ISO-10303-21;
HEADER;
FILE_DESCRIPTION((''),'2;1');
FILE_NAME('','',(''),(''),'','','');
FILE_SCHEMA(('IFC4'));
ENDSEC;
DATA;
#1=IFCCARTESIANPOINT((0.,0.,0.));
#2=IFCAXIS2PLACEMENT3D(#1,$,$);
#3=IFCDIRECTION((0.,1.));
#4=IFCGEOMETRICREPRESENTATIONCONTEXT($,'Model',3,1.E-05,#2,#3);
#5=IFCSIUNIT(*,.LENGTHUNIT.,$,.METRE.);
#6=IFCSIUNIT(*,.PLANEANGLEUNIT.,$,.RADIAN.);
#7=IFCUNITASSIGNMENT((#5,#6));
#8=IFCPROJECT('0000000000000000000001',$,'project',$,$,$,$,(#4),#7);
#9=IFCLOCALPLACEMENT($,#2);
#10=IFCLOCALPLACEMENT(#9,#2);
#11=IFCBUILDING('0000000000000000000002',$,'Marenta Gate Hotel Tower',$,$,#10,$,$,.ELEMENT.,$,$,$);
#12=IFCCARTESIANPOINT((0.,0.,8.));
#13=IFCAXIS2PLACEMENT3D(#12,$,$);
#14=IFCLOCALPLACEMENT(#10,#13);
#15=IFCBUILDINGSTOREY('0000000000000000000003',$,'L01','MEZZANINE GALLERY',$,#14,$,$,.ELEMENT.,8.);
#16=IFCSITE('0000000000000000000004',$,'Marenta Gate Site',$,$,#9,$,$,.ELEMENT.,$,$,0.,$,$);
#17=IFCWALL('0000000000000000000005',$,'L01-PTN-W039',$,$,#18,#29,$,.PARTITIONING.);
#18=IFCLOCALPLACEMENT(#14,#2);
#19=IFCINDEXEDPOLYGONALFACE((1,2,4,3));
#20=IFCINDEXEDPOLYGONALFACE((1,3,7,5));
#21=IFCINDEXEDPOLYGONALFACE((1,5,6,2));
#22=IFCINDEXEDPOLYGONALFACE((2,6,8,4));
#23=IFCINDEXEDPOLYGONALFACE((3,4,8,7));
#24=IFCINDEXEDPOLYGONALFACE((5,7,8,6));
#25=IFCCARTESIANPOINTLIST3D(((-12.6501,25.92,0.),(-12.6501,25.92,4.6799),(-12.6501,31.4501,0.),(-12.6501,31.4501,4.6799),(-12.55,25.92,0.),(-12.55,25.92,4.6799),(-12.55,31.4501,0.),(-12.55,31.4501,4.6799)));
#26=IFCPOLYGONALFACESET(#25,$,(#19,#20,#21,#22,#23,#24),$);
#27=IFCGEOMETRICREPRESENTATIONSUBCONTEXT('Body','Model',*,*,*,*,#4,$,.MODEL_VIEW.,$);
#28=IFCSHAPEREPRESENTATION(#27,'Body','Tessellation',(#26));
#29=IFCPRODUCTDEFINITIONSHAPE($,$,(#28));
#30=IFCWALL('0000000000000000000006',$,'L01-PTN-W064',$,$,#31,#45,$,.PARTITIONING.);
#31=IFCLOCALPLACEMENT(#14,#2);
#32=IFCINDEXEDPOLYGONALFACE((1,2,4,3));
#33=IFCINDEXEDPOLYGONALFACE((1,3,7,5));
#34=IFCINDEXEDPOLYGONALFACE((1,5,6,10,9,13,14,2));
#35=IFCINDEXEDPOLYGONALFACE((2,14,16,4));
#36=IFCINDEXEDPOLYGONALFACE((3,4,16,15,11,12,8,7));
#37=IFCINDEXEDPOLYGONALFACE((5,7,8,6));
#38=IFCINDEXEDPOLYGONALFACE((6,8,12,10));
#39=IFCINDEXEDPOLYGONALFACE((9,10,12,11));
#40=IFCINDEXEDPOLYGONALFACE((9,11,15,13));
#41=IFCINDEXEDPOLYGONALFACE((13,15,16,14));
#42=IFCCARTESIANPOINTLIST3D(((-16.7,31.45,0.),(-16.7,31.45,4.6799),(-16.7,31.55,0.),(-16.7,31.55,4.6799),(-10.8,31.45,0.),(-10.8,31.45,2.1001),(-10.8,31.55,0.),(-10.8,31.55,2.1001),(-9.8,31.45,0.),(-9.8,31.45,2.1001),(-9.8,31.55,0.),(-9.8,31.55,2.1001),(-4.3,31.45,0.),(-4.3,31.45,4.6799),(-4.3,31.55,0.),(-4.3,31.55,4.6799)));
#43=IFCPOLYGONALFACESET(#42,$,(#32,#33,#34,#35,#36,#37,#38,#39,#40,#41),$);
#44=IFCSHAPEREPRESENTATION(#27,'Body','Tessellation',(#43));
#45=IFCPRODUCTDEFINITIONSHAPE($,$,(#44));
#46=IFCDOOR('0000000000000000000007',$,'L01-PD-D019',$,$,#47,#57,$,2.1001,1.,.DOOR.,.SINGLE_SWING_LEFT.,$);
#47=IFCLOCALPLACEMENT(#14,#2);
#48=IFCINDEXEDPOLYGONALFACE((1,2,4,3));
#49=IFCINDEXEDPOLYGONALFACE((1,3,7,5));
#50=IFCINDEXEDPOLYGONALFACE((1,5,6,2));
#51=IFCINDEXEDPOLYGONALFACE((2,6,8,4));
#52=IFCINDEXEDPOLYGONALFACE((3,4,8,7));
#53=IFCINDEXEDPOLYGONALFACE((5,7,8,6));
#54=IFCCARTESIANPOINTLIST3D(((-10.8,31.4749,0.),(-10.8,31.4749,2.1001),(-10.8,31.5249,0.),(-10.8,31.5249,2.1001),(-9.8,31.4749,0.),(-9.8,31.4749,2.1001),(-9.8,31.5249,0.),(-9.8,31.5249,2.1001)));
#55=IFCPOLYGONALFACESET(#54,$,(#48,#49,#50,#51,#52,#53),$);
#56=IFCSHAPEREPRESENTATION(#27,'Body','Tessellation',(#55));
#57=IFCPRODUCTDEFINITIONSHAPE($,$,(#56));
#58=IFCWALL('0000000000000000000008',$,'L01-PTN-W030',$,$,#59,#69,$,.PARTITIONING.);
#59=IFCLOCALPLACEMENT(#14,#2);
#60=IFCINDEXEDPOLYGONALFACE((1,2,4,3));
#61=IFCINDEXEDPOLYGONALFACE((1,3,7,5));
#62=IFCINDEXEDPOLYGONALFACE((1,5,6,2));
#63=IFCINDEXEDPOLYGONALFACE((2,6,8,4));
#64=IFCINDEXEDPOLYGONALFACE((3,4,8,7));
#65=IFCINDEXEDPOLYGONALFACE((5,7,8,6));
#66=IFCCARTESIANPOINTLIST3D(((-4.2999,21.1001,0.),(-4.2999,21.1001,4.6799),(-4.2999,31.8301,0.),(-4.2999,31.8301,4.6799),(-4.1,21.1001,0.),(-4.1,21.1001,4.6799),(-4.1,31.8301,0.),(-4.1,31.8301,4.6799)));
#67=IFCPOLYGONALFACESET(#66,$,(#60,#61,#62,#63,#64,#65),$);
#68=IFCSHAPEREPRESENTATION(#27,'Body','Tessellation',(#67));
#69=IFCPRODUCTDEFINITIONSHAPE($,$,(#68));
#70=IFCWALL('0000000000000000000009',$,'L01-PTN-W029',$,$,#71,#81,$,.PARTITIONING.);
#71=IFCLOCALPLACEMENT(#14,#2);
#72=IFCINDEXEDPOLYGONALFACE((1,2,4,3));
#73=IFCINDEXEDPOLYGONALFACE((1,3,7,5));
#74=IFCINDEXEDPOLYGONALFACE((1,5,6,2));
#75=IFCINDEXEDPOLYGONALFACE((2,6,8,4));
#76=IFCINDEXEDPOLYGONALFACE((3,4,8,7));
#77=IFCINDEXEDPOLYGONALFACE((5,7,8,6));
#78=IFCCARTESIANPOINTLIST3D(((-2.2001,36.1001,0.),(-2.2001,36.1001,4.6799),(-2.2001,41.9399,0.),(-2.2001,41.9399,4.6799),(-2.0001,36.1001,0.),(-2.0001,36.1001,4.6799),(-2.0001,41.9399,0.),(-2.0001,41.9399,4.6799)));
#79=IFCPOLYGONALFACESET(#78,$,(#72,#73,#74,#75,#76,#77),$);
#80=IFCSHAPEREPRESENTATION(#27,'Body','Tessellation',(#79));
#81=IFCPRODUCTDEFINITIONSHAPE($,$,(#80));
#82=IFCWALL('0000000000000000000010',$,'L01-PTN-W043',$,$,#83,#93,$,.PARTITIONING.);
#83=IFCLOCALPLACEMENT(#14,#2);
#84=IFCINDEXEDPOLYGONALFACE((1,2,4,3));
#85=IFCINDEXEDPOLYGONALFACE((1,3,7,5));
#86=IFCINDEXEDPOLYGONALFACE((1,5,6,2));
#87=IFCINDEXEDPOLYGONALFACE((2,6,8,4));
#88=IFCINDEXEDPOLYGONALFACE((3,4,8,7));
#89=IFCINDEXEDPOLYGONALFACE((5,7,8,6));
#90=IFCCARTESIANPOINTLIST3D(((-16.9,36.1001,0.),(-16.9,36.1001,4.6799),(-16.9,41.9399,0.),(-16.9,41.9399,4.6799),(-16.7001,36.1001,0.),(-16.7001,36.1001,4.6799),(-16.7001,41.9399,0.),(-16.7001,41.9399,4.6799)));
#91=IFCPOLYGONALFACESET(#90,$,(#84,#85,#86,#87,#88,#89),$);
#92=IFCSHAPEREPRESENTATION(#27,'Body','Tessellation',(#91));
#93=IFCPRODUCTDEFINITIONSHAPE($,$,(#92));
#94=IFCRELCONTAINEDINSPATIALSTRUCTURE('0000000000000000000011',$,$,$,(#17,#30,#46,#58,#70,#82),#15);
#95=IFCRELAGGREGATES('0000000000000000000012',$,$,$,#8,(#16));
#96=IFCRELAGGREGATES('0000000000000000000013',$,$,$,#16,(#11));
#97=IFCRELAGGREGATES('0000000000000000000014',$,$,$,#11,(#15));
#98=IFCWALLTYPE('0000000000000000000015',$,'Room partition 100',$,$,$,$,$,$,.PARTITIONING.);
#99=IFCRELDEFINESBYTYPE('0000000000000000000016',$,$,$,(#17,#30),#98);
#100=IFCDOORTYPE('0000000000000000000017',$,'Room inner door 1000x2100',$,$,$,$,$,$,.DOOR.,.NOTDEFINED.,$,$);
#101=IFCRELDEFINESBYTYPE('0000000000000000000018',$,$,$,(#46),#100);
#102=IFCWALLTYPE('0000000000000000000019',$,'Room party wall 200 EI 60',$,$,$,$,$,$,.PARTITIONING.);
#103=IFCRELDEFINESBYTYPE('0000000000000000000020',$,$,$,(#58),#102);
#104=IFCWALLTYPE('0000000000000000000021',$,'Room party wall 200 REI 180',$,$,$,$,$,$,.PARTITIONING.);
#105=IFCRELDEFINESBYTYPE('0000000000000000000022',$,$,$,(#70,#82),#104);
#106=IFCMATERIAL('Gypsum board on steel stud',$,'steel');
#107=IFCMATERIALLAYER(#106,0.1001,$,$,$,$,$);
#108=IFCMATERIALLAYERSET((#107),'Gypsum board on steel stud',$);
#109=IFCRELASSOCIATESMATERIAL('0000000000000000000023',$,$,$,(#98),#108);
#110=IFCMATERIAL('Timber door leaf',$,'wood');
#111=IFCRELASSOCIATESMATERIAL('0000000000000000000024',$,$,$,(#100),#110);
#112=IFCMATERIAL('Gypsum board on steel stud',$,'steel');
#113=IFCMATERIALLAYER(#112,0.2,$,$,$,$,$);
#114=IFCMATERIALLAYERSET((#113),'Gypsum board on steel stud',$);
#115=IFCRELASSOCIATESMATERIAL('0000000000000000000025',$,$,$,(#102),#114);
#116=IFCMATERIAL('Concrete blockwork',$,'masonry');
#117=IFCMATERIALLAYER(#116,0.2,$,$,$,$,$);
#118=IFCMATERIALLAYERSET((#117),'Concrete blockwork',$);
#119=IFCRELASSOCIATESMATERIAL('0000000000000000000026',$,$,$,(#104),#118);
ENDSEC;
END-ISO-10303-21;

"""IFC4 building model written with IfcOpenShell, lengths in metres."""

from ifc_helpers import new_model, si_unit, direction, frame, frame_2d, origin, place, context, subcontext, project, spatial, rectangle, extrude, material, layer, layer_set, type_object, element, fill, save


model = new_model("IFC4")

# Units and contexts
model_context = context("Model", 3, precision=1e-05, world=origin(), true_north=direction((0.0, 1.0)))
body_context = subcontext(model_context, "Body", "Model", "MODEL_VIEW")
ifc_project = project(units=[si_unit("LENGTHUNIT", "METRE"), si_unit("PLANEANGLEUNIT", "RADIAN")], contexts=[model_context])

# Site, building, storey
site_placement = place(None, origin())
site = spatial("IfcSite", under=ifc_project, at=site_placement, Name="Marenta Gate Site", CompositionType="ELEMENT", RefElevation=0.0)
building_placement = place(site_placement, origin())
building = spatial("IfcBuilding", under=site, at=building_placement, Name="Marenta Gate Hotel Tower", CompositionType="ELEMENT")
storey_placement = place(building_placement, frame((0.0, 0.0, 8.0)))
storey = spatial("IfcBuildingStorey", under=building, at=storey_placement, Name="L01", Description="MEZZANINE GALLERY", CompositionType="ELEMENT", Elevation=8.0)

# Shared definitions
ifc_material_1 = material(Name="Gypsum board on steel stud", Category="steel")
ifc_layer_1 = layer(ifc_material_1, 0.1001)
ifc_layer_set_1 = layer_set([ifc_layer_1], Name="Gypsum board on steel stud")
wall_type_1 = type_object("IfcWallType", Name="Room partition 100", PredefinedType="PARTITIONING", material=ifc_layer_set_1)

# Wall
wall_1_placement = place(storey_placement, frame((-12.6001, 25.9199, 0.0), z_axis=(0.0, 0.0, 1.0), x_axis=(0.0, 1.0, 0.0)))
element("IfcWall", 1, at=wall_1_placement, inside=storey, type_object=wall_type_1, Name="L01-PTN-W039", PredefinedType="PARTITIONING", context=body_context, shape_type="SweptSolid", body=[
    extrude(rectangle(XDim=5.53, YDim=0.1001, at=frame_2d((2.7651, 0.0))), origin(), (0.0, 0.0, 1.0), 4.6799),
])

# Wall, opening, door
wall_2_placement = place(storey_placement, frame((-16.7, 31.5, 0.0), z_axis=(0.0, 0.0, 1.0), x_axis=(1.0, 0.0, 0.0)))
wall_2 = element("IfcWall", 2, at=wall_2_placement, inside=storey, type_object=wall_type_1, Name="L01-PTN-W064", PredefinedType="PARTITIONING", context=body_context, shape_type="SweptSolid", body=[
    extrude(rectangle(XDim=12.3999, YDim=0.1001, at=frame_2d((6.2, 0.0))), origin(), (0.0, 0.0, 1.0), 4.6799),
])
opening_1_placement = place(wall_2_placement, frame((5.8999, 0.0, 0.0)))
opening_1 = element("IfcOpeningElement", 3, at=opening_1_placement, cuts=wall_2, PredefinedType="OPENING", context=body_context, shape_type="SweptSolid", body=[
    extrude(rectangle(XDim=1.0, YDim=2.1001, at=frame_2d((0.5, 1.05))), frame((0.0, 0.05, 0.0), z_axis=(0.0, -1.0, 0.0), x_axis=(1.0, 0.0, 0.0)), (0.0, 0.0, 1.0), 0.1001),
])
ifc_material_2 = material(Name="Timber door leaf", Category="wood")
door_type_1 = type_object("IfcDoorType", Name="Room inner door 1000x2100", OperationType="NOTDEFINED", PredefinedType="DOOR", material=ifc_material_2)
door_1_placement = place(opening_1_placement, origin())
door_1 = element("IfcDoor", 4, at=door_1_placement, inside=storey, type_object=door_type_1, Name="L01-PD-D019", OperationType="SINGLE_SWING_LEFT", OverallHeight=2.1001, OverallWidth=1.0, PredefinedType="DOOR", context=body_context, shape_type="SweptSolid", body=[
    extrude(rectangle(XDim=1.0, YDim=2.1001, at=frame_2d((0.5, 1.05))), frame((0.0, 0.0249, 0.0), z_axis=(0.0, -1.0, 0.0), x_axis=(1.0, 0.0, 0.0)), (0.0, 0.0, 1.0), 0.05),
])
fill(opening_1, door_1)

# Walls
ifc_material_3 = material(Name="Gypsum board on steel stud", Category="steel")
ifc_layer_2 = layer(ifc_material_3, 0.2)
ifc_layer_set_2 = layer_set([ifc_layer_2], Name="Gypsum board on steel stud")
wall_type_2 = type_object("IfcWallType", Name="Room party wall 200 EI 60", PredefinedType="PARTITIONING", material=ifc_layer_set_2)
wall_3_placement = place(storey_placement, frame((-4.2, 21.1001, 0.0), z_axis=(0.0, 0.0, 1.0), x_axis=(0.0, 1.0, 0.0)))
element("IfcWall", 5, at=wall_3_placement, inside=storey, type_object=wall_type_2, Name="L01-PTN-W030", PredefinedType="PARTITIONING", context=body_context, shape_type="SweptSolid", body=[
    extrude(rectangle(XDim=10.73, YDim=0.2, at=frame_2d((5.365, 0.0))), origin(), (0.0, 0.0, 1.0), 4.6799),
])
ifc_material_4 = material(Name="Concrete blockwork", Category="masonry")
ifc_layer_3 = layer(ifc_material_4, 0.2)
ifc_layer_set_3 = layer_set([ifc_layer_3], Name="Concrete blockwork")
wall_type_3 = type_object("IfcWallType", Name="Room party wall 200 REI 180", PredefinedType="PARTITIONING", material=ifc_layer_set_3)
for number, where, z_axis, x_axis, name in (
    (6, (-2.1001, 36.1001, 0.0), (0.0, 0.0, 1.0), (0.0, 1.0, 0.0), "L01-PTN-W029"),
    (7, (-16.8, 36.1001, 0.0), (0.0, 0.0, 1.0), (0.0, 1.0, 0.0), "L01-PTN-W043"),
):
    element("IfcWall", number, at=place(storey_placement, frame(where, z_axis=z_axis, x_axis=x_axis)), inside=storey, type_object=wall_type_3, Name=name, PredefinedType="PARTITIONING", context=body_context, shape_type="SweptSolid", body=[
        extrude(rectangle(XDim=5.8398, YDim=0.2, at=frame_2d((2.9199, 0.0))), origin(), (0.0, 0.0, 1.0), 4.6799),
    ])

save(model, "model.ifc")
